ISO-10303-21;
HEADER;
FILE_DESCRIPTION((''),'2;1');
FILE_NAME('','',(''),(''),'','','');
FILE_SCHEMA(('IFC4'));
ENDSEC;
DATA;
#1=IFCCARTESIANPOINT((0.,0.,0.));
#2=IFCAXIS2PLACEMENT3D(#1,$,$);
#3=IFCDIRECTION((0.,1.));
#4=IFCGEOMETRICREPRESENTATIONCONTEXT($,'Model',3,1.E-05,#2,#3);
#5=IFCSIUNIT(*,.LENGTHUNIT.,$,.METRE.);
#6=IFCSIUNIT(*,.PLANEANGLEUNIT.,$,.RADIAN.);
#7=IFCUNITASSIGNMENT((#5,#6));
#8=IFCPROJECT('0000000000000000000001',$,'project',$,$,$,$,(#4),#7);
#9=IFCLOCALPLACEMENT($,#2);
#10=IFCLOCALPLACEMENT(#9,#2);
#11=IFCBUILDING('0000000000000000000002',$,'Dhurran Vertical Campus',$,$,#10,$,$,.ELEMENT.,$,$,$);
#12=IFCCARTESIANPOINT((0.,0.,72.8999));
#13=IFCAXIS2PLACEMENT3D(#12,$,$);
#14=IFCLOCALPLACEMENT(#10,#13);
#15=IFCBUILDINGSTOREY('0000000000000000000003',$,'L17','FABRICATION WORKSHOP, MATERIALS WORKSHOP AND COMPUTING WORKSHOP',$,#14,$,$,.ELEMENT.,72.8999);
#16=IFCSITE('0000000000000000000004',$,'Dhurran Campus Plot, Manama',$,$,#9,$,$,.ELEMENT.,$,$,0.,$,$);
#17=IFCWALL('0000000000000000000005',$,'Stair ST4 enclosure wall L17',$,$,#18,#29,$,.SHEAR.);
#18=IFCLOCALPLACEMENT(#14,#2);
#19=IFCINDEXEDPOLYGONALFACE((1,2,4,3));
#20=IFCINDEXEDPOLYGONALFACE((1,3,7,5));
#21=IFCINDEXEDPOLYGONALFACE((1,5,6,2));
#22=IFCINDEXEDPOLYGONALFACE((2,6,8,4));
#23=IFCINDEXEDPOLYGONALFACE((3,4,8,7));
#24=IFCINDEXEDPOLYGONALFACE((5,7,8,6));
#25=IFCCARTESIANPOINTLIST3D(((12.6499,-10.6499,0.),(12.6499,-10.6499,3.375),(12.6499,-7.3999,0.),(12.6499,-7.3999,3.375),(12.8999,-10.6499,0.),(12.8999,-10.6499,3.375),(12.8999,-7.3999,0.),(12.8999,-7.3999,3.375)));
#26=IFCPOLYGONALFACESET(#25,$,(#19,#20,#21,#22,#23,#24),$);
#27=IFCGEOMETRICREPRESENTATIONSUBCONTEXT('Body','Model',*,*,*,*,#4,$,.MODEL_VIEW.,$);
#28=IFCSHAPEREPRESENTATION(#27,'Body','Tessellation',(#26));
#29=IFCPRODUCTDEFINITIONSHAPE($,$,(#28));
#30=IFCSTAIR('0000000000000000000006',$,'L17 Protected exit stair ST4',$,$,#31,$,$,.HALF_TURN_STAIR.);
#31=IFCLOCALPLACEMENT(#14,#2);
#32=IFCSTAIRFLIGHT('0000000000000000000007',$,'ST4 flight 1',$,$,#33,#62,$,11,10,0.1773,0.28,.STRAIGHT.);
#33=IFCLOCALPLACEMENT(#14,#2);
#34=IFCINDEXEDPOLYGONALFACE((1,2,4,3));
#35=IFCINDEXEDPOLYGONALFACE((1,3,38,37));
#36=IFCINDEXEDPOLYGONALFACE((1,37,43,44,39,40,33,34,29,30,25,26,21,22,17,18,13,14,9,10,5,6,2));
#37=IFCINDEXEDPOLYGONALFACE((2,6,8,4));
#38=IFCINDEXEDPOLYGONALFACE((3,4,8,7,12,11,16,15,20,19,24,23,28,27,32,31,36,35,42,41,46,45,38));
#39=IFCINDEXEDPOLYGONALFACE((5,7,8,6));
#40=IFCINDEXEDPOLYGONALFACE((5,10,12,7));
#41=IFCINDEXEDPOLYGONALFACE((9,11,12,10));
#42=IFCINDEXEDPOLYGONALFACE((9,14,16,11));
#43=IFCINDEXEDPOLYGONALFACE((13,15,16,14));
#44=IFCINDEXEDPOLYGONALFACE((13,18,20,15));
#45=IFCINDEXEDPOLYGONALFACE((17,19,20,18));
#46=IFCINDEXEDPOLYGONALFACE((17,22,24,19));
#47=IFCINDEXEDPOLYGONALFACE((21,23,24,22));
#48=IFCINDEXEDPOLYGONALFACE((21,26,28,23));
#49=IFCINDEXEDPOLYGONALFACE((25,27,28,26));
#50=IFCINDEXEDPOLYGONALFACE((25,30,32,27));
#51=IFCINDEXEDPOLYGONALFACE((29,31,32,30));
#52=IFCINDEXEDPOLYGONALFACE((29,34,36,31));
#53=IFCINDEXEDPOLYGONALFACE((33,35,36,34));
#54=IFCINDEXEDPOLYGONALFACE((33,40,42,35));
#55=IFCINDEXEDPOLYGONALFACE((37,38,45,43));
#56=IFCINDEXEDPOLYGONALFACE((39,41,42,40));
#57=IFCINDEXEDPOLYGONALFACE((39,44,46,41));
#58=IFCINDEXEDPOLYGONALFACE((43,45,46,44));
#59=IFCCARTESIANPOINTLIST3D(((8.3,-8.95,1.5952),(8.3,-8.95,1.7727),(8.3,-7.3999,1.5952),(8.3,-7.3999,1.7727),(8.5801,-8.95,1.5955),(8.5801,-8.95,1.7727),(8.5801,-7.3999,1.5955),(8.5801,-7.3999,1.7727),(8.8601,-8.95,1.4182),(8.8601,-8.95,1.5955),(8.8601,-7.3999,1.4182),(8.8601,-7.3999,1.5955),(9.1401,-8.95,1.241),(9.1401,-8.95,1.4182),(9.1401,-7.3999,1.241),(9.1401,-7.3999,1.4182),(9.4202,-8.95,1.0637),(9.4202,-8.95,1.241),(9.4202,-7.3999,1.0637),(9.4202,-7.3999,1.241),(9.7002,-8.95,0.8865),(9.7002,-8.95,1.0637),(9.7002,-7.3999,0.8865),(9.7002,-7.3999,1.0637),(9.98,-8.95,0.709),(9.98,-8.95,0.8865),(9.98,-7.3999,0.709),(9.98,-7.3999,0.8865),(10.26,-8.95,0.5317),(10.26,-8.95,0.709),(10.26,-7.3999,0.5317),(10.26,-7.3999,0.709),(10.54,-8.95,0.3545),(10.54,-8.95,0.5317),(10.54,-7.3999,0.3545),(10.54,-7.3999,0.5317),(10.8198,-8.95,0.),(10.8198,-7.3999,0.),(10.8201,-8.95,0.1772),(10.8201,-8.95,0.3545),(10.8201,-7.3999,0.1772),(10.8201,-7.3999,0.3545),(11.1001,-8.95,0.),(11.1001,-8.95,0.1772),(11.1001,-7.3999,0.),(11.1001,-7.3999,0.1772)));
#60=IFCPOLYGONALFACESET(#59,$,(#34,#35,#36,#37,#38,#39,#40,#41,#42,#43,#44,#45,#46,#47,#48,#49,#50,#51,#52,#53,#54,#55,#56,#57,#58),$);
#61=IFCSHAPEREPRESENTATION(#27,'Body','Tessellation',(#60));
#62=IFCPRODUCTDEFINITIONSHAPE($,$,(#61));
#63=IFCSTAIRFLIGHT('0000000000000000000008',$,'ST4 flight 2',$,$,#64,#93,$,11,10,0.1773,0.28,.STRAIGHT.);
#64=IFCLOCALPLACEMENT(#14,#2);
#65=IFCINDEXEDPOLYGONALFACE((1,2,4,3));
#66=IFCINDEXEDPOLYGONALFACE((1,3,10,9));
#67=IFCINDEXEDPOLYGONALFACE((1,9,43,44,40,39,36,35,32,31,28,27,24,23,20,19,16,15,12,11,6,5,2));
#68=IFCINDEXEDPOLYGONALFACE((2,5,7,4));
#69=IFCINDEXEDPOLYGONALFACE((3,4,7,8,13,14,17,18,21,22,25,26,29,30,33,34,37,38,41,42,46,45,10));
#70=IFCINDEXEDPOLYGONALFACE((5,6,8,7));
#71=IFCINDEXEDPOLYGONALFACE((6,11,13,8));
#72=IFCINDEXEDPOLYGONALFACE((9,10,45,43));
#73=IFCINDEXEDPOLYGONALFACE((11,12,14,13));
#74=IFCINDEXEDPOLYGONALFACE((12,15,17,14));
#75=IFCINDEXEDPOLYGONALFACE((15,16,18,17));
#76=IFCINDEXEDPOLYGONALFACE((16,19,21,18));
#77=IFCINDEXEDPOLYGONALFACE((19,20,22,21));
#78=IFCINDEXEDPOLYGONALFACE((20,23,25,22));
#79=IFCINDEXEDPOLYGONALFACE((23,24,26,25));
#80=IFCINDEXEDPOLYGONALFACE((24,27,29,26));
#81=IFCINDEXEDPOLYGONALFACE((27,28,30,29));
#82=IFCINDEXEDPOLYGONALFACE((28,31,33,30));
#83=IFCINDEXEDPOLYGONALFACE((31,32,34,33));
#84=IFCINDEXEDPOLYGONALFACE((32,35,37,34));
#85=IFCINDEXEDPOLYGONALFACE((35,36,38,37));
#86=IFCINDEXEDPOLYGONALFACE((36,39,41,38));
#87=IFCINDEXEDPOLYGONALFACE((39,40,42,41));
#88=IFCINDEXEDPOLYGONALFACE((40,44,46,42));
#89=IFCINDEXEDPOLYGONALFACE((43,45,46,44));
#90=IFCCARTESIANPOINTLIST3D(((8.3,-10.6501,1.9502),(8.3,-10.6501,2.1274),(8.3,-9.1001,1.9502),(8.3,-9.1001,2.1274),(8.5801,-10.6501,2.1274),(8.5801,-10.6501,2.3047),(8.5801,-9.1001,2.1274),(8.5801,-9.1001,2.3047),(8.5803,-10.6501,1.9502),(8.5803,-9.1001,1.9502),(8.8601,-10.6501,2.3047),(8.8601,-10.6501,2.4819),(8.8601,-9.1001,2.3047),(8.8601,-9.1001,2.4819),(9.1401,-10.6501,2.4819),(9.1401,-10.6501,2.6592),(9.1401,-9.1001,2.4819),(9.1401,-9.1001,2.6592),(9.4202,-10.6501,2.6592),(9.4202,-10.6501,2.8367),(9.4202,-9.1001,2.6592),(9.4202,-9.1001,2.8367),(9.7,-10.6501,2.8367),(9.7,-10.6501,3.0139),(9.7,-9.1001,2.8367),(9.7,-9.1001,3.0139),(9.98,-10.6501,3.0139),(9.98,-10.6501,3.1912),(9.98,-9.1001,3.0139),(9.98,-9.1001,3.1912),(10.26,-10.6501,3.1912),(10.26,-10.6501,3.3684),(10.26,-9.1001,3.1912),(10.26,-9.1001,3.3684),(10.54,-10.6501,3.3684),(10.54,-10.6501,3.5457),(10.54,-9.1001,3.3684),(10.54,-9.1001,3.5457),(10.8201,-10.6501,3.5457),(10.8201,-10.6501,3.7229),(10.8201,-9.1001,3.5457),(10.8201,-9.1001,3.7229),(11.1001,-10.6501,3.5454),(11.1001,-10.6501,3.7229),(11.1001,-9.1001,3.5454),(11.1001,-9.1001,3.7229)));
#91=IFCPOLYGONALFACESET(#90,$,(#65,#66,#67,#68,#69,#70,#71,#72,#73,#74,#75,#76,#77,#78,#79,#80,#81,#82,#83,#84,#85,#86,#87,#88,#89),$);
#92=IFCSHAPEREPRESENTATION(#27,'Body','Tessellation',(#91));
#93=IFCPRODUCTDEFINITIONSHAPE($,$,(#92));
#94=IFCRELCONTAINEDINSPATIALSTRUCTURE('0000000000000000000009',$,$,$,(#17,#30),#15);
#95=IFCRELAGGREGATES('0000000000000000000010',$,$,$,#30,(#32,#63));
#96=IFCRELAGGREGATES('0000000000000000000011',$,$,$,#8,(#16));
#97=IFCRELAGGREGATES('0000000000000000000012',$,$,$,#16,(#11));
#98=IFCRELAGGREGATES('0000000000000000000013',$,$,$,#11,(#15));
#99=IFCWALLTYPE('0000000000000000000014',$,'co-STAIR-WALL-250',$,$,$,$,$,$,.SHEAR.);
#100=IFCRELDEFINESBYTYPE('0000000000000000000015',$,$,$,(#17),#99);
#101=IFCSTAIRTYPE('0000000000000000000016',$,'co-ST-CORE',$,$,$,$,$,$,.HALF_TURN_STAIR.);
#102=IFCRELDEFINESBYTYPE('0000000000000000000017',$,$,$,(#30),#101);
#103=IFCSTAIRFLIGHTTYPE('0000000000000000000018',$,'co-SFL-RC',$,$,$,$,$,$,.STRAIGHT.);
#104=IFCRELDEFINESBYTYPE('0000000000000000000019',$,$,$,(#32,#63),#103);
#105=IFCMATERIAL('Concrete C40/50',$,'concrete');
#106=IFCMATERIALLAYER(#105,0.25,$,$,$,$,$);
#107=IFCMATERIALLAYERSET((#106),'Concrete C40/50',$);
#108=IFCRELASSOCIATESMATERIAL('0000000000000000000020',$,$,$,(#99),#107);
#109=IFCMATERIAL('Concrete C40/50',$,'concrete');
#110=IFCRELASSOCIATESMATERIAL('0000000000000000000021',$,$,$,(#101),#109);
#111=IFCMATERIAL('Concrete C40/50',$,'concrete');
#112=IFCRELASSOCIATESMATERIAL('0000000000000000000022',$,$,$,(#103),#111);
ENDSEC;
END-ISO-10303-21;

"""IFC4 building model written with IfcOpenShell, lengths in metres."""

from ifc_helpers import new_model, si_unit, direction, frame, frame_2d, origin, place, context, subcontext, project, spatial, polyline, rectangle, outline, extrude, material, layer, layer_set, type_object, element, aggregate, save


model = new_model("IFC4")

# Units and contexts
model_context = context("Model", 3, precision=1e-05, world=origin(), true_north=direction((0.0, 1.0)))
body_context = subcontext(model_context, "Body", "Model", "MODEL_VIEW")
ifc_project = project(units=[si_unit("LENGTHUNIT", "METRE"), si_unit("PLANEANGLEUNIT", "RADIAN")], contexts=[model_context])

# Site, building, storey
site_placement = place(None, origin())
site = spatial("IfcSite", under=ifc_project, at=site_placement, Name="Dhurran Campus Plot, Manama", CompositionType="ELEMENT", RefElevation=0.0)
building_placement = place(site_placement, origin())
building = spatial("IfcBuilding", under=site, at=building_placement, Name="Dhurran Vertical Campus", CompositionType="ELEMENT")
storey_placement = place(building_placement, frame((0.0, 0.0, 72.8999)))
storey = spatial("IfcBuildingStorey", under=building, at=storey_placement, Name="L17", Description="FABRICATION WORKSHOP, MATERIALS WORKSHOP AND COMPUTING WORKSHOP", CompositionType="ELEMENT", Elevation=72.8999)

# Shared definitions
ifc_material_1 = material(Name="Concrete C40/50", Category="concrete")
ifc_layer_1 = layer(ifc_material_1, 0.25)
ifc_layer_set_1 = layer_set([ifc_layer_1], Name="Concrete C40/50")
wall_type_1 = type_object("IfcWallType", Name="co-STAIR-WALL-250", PredefinedType="SHEAR", material=ifc_layer_set_1)

# Wall
for number, where, z_axis, x_axis, name in (
    (1, (12.7749, -10.6499, 0.0), (0.0, 0.0, 1.0), (0.0, 1.0, 0.0), "Stair ST4 enclosure wall L17"),
):
    element("IfcWall", number, at=place(storey_placement, frame(where, z_axis=z_axis, x_axis=x_axis)), inside=storey, type_object=wall_type_1, Name=name, PredefinedType="SHEAR", context=body_context, shape_type="SweptSolid", body=[
        extrude(rectangle(XDim=3.25, YDim=0.25, at=frame_2d((1.625, 0.0))), origin(), (0.0, 0.0, 1.0), 3.375),
    ])

# Stair, stair flights
ifc_material_2 = material(Name="Concrete C40/50", Category="concrete")
stair_type = type_object("IfcStairType", Name="co-ST-CORE", PredefinedType="HALF_TURN_STAIR", material=ifc_material_2)
stair_placement = place(storey_placement, origin())
stair = element("IfcStair", 2, at=stair_placement, inside=storey, type_object=stair_type, Name="L17 Protected exit stair ST4", PredefinedType="HALF_TURN_STAIR")
ifc_material_3 = material(Name="Concrete C40/50", Category="concrete")
stair_flight_type = type_object("IfcStairFlightType", Name="co-SFL-RC", PredefinedType="STRAIGHT", material=ifc_material_3)
stair_flight_1_placement = place(storey_placement, frame((11.1001, -8.175, 0.0), z_axis=(0.0, 0.0, 1.0), x_axis=(-1.0, 0.0, 0.0)))
stair_flight_1 = element("IfcStairFlight", 3, at=stair_flight_1_placement, type_object=stair_flight_type, Name="ST4 flight 1", NumberOfRisers=11, NumberOfTreads=10, PredefinedType="STRAIGHT", RiserHeight=0.1773, TreadLength=0.28, context=body_context, shape_type="SweptSolid", body=[
    extrude(outline(polyline([(0.0, 0.0), (0.0, 0.1772), (0.28, 0.1772), (0.28, 0.3545), (0.5601, 0.3545), (0.5601, 0.5317), (0.8401, 0.5317), (0.8401, 0.709), (1.1201, 0.709), (1.1201, 0.8865), (1.3999, 0.8865), (1.3999, 1.0637), (1.6799, 1.0637), (1.6799, 1.241), (1.96, 1.241), (1.96, 1.4182), (2.24, 1.4182), (2.24, 1.5955), (2.52, 1.5955), (2.52, 1.7727), (2.8, 1.7727), (2.8, 1.95), (2.8, 1.5952), (0.2803, 0.0), (0.0, 0.0)])), frame((0.0, 0.7749, 0.0), z_axis=(0.0, -1.0, 0.0), x_axis=(1.0, 0.0, 0.0)), (0.0, 0.0, 1.0), 1.55),
])
stair_flight_2_placement = place(storey_placement, frame((8.3, -9.875, 1.9502), z_axis=(0.0, 0.0, 1.0), x_axis=(1.0, 0.0, 0.0)))
stair_flight_2 = element("IfcStairFlight", 4, at=stair_flight_2_placement, type_object=stair_flight_type, Name="ST4 flight 2", NumberOfRisers=11, NumberOfTreads=10, PredefinedType="STRAIGHT", RiserHeight=0.1773, TreadLength=0.28, context=body_context, shape_type="SweptSolid", body=[
    extrude(outline(polyline([(0.0, 0.0), (0.0, 0.1772), (0.28, 0.1772), (0.28, 0.3545), (0.5601, 0.3545), (0.5601, 0.5317), (0.8401, 0.5317), (0.8401, 0.709), (1.1201, 0.709), (1.1201, 0.8865), (1.3999, 0.8865), (1.3999, 1.0637), (1.6799, 1.0637), (1.6799, 1.241), (1.96, 1.241), (1.96, 1.4182), (2.24, 1.4182), (2.24, 1.5955), (2.52, 1.5955), (2.52, 1.7727), (2.8, 1.7727), (2.8, 1.95), (2.8, 1.5952), (0.2803, 0.0), (0.0, 0.0)])), frame((0.0, 0.7749, 0.0), z_axis=(0.0, -1.0, 0.0), x_axis=(1.0, 0.0, 0.0)), (0.0, 0.0, 1.0), 1.55),
])
aggregate(stair, [stair_flight_1, stair_flight_2])

save(model, "model.ifc")
